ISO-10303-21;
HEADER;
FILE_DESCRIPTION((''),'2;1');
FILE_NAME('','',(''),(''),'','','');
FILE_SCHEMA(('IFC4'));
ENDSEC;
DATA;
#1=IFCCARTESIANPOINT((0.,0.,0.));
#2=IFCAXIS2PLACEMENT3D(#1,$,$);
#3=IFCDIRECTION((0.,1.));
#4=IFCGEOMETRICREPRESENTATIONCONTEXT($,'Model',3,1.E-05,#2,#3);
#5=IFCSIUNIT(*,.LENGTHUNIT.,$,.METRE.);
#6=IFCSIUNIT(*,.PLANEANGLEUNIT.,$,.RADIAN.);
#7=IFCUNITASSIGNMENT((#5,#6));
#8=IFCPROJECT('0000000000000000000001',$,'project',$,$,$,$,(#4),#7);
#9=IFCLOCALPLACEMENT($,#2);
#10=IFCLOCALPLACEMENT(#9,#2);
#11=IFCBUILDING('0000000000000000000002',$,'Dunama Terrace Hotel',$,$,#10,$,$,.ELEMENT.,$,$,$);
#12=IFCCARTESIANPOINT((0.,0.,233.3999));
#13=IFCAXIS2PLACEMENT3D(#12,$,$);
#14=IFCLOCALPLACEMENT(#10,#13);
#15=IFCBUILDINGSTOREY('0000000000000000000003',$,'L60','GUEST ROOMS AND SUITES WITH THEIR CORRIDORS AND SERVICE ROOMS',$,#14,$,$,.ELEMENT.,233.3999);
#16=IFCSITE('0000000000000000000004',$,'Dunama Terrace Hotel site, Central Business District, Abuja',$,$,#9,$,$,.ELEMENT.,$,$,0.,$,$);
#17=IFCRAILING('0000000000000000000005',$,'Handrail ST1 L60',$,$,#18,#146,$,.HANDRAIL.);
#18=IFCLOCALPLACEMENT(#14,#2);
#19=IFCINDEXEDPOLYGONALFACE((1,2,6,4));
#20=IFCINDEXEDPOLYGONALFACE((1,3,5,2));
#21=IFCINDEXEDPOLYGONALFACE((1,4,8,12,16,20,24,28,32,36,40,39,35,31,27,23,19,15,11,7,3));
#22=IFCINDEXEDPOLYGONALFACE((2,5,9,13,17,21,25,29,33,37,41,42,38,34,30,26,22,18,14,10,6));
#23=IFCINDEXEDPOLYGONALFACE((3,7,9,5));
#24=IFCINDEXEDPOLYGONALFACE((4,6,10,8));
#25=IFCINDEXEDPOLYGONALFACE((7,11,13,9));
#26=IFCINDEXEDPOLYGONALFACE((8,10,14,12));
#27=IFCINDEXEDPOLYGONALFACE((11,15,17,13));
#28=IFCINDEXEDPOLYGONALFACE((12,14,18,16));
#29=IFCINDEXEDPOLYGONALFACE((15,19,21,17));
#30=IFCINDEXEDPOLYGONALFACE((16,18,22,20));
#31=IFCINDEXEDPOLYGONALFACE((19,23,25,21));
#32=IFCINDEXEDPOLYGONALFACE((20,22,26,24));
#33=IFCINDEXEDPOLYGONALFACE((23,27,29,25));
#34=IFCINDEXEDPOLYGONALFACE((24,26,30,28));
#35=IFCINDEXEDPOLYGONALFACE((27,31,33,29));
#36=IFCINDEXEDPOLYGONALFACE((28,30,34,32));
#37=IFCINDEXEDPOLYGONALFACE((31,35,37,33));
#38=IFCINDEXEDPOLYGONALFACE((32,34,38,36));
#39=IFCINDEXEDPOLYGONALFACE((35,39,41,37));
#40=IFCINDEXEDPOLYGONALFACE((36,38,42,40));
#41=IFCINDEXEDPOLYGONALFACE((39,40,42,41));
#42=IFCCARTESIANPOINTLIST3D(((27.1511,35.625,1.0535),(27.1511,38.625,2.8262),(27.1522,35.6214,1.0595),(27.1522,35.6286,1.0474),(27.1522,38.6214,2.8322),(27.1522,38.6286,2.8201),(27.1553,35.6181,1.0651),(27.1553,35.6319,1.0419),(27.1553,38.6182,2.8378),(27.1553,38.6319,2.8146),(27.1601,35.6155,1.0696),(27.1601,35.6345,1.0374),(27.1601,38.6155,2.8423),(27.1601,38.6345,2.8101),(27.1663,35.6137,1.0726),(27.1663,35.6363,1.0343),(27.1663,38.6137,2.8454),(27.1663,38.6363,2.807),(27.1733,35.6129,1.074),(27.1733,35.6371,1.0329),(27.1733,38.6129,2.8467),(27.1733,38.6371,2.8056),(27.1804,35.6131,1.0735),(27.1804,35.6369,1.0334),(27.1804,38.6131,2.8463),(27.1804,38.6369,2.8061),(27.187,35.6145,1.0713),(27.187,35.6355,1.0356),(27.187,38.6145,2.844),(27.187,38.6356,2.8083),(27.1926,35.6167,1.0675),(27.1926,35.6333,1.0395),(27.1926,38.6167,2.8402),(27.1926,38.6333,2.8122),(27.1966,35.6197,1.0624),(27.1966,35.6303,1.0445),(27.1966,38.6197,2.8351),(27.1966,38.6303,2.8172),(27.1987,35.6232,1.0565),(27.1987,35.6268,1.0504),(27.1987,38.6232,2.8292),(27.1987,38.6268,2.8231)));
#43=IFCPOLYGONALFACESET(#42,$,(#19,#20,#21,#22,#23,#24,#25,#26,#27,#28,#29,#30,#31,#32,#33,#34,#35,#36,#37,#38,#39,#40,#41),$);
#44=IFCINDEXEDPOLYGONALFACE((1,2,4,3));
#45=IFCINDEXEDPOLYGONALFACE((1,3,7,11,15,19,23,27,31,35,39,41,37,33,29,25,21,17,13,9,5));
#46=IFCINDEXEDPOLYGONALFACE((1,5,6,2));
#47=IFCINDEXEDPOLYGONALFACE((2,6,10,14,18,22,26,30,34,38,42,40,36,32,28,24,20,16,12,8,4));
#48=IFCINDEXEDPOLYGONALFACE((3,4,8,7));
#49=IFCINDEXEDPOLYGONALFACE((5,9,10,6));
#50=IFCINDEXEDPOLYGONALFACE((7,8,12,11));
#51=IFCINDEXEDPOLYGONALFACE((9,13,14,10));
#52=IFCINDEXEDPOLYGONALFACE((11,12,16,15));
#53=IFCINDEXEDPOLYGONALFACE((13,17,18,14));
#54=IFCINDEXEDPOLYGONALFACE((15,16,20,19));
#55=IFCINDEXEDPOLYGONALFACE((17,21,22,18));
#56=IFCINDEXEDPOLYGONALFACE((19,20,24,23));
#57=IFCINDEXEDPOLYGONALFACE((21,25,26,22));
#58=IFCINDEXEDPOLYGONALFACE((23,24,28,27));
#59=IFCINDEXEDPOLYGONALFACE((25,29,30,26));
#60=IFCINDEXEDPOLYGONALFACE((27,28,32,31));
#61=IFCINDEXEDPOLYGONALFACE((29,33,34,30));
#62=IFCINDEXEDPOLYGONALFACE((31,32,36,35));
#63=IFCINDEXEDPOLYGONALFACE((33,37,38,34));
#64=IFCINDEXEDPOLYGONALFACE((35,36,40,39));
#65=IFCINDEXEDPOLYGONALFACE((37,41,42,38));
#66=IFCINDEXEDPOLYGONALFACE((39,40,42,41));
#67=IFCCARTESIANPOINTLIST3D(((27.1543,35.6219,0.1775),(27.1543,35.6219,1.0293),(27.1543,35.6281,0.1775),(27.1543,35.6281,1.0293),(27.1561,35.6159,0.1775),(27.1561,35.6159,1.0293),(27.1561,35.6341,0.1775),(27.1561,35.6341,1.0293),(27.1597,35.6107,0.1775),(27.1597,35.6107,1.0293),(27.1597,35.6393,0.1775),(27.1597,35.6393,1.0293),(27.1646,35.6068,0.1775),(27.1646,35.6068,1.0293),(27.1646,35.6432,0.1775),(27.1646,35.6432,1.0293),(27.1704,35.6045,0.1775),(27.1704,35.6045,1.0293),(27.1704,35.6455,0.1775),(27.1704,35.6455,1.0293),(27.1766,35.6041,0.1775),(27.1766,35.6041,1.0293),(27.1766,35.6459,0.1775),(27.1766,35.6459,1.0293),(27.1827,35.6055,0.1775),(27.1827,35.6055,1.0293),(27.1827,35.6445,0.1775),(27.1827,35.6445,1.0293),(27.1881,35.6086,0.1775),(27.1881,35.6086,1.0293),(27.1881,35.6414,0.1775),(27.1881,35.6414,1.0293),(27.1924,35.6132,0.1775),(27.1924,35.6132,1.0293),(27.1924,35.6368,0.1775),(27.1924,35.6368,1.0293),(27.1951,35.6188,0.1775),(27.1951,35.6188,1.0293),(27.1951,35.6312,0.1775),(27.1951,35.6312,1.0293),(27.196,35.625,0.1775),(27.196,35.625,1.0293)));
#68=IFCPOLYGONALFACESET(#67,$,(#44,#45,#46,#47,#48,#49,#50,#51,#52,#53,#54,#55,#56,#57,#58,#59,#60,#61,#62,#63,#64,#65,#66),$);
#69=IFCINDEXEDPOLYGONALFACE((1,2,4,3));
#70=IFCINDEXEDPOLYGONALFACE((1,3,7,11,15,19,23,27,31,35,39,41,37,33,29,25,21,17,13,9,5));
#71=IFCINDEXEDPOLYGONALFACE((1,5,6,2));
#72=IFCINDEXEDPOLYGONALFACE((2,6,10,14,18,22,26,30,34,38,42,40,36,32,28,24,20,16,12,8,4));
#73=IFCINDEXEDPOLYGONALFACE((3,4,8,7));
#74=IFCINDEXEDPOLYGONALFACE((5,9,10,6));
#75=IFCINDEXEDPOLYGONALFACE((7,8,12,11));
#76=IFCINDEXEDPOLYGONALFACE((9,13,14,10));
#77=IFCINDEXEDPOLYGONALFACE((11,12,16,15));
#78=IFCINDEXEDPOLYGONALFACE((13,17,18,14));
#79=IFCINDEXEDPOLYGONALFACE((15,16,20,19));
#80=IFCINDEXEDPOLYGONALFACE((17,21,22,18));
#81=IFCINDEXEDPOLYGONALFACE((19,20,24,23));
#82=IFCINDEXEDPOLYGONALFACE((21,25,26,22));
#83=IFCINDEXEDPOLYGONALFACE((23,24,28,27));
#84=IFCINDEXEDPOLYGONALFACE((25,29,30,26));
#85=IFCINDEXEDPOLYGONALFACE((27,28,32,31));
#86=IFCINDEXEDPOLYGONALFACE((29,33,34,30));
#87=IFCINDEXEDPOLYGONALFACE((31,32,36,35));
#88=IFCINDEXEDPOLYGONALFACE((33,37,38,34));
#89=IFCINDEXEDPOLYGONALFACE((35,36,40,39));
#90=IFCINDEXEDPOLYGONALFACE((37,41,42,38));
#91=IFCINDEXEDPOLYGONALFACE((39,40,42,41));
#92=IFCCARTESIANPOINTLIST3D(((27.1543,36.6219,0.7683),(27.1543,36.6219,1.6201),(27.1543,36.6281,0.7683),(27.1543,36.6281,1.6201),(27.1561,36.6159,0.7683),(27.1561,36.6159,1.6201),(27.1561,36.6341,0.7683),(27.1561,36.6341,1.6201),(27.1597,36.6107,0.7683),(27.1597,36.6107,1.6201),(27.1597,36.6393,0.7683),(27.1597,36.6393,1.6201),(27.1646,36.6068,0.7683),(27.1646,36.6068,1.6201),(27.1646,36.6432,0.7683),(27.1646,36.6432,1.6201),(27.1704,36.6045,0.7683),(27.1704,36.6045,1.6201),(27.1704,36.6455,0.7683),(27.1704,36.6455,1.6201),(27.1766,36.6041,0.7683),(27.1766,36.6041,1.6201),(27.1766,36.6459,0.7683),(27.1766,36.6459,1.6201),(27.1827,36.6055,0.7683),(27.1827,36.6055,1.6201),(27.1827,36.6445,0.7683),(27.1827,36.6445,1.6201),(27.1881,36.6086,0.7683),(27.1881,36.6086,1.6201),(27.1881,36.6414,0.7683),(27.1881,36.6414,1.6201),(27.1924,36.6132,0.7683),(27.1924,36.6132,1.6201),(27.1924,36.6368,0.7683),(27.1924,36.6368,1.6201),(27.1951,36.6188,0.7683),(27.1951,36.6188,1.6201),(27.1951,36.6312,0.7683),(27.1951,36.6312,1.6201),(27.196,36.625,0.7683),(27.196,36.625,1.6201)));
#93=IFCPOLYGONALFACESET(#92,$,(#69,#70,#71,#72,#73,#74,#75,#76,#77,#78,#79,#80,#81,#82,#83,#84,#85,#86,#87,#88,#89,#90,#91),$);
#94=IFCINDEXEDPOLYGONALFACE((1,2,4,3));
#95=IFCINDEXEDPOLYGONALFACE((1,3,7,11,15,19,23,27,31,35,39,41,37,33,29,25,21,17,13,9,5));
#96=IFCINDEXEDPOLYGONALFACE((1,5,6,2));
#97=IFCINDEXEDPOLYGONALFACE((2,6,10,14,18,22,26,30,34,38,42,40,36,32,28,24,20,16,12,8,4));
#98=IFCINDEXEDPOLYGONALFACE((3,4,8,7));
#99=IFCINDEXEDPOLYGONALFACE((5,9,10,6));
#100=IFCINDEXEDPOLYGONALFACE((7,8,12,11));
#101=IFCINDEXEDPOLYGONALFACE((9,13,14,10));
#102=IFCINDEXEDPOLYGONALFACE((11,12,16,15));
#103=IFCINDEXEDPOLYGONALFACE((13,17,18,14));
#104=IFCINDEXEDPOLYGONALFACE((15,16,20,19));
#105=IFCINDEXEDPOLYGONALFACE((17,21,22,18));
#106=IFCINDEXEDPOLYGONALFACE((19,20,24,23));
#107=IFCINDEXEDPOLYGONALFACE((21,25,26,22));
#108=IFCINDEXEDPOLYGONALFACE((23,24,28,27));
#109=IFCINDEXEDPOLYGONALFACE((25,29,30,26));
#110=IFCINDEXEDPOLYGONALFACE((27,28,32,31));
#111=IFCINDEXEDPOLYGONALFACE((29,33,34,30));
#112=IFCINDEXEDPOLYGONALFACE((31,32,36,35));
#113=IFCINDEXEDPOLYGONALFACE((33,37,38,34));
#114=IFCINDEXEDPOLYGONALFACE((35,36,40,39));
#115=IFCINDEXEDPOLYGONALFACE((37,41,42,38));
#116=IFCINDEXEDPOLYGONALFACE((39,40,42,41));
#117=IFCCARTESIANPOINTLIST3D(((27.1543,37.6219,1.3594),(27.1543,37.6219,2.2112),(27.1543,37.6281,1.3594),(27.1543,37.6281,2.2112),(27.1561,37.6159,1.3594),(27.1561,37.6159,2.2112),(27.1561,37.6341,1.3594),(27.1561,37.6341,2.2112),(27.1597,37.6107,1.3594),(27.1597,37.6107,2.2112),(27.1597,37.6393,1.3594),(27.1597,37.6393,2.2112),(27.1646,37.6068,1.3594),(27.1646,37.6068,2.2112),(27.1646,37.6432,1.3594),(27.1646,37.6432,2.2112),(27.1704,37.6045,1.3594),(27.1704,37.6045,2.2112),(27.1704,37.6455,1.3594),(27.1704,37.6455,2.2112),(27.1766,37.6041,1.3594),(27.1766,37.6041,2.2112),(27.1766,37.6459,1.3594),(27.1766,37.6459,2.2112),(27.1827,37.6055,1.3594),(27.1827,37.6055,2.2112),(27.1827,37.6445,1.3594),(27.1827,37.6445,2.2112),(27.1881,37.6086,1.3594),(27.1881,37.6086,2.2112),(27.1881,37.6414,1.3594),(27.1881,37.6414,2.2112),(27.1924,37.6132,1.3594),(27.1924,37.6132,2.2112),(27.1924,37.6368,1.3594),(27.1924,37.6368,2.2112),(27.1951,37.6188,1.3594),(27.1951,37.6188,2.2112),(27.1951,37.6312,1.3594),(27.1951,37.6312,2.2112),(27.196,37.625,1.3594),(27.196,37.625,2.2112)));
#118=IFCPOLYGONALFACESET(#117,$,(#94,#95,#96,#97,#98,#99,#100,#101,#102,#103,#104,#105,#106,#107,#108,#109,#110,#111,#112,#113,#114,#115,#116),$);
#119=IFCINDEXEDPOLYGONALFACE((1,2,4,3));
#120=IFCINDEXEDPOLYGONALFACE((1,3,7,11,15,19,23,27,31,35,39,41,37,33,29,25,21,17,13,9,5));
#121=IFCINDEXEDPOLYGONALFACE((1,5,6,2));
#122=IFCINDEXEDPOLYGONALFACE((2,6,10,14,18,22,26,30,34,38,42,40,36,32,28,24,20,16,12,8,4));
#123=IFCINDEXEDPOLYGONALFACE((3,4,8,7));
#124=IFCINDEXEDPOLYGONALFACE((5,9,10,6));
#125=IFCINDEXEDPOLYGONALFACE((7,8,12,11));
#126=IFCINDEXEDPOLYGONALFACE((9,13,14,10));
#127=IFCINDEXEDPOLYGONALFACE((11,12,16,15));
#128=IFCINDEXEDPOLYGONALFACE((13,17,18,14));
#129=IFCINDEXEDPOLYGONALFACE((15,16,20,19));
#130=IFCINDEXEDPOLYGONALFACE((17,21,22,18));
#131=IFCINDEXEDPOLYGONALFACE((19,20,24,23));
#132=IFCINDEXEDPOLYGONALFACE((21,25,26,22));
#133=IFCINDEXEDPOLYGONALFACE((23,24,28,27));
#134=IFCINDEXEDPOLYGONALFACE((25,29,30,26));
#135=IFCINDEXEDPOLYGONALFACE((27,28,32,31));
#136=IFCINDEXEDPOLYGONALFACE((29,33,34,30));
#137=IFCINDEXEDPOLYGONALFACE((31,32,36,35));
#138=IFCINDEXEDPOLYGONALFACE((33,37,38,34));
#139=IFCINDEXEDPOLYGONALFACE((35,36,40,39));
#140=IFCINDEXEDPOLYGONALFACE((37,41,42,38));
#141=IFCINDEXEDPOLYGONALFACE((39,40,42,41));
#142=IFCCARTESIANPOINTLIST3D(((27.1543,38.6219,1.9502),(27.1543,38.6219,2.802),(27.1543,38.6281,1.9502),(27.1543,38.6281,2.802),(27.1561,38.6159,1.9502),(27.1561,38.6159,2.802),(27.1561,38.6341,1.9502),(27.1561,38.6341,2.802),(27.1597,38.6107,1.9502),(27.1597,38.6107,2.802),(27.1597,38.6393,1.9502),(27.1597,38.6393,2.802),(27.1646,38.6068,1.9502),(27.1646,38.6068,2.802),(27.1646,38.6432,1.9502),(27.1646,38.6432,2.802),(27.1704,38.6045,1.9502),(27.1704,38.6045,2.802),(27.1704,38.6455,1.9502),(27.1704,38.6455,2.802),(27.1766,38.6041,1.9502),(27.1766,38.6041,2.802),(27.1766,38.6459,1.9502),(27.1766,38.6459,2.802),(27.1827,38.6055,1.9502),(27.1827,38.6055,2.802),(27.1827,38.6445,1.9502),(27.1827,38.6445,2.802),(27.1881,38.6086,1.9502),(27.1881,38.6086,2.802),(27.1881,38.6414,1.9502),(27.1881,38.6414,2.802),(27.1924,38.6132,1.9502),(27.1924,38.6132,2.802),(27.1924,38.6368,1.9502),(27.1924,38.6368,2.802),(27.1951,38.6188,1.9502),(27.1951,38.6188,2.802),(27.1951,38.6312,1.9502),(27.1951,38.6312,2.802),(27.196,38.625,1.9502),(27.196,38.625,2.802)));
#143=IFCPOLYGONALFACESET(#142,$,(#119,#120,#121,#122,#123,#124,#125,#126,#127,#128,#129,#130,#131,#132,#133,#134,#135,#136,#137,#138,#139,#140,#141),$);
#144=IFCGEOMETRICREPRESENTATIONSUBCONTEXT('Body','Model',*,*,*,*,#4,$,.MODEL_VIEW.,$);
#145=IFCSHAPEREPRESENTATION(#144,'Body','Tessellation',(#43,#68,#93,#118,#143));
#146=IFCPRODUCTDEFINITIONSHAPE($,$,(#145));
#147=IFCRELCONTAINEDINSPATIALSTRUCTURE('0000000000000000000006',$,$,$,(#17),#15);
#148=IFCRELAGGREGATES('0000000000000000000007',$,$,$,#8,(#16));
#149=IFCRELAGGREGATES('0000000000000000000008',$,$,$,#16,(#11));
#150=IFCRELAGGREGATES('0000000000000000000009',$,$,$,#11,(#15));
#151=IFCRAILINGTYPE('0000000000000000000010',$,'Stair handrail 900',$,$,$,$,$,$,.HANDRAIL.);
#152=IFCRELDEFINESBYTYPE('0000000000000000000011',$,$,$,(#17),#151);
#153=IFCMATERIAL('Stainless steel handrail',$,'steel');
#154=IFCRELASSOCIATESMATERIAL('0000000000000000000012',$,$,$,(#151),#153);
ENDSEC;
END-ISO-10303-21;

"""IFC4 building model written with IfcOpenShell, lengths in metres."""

from ifc_helpers import new_model, si_unit, direction, frame, origin, origin_2d, place, context, subcontext, project, spatial, circle, extrude, material, type_object, element, save


model = new_model("IFC4")

# Units and contexts
model_context = context("Model", 3, precision=1e-05, world=origin(), true_north=direction((0.0, 1.0)))
body_context = subcontext(model_context, "Body", "Model", "MODEL_VIEW")
ifc_project = project(units=[si_unit("LENGTHUNIT", "METRE"), si_unit("PLANEANGLEUNIT", "RADIAN")], contexts=[model_context])

# Site, building, storey
site_placement = place(None, origin())
site = spatial("IfcSite", under=ifc_project, at=site_placement, Name="Dunama Terrace Hotel site, Central Business District, Abuja", CompositionType="ELEMENT", RefElevation=0.0)
building_placement = place(site_placement, origin())
building = spatial("IfcBuilding", under=site, at=building_placement, Name="Dunama Terrace Hotel", CompositionType="ELEMENT")
storey_placement = place(building_placement, frame((0.0, 0.0, 233.3999)))
storey = spatial("IfcBuildingStorey", under=building, at=storey_placement, Name="L60", Description="GUEST ROOMS AND SUITES WITH THEIR CORRIDORS AND SERVICE ROOMS", CompositionType="ELEMENT", Elevation=233.3999)

# Railing
ifc_material_1 = material(Name="Stainless steel handrail", Category="steel")
railing_type = type_object("IfcRailingType", Name="Stair handrail 900", PredefinedType="HANDRAIL", material=ifc_material_1)
railing_1_placement = place(storey_placement, frame((27.175, 35.625, 0.1775)))
element("IfcRailing", 1, at=railing_1_placement, inside=storey, type_object=railing_type, Name="Handrail ST1 L60", PredefinedType="HANDRAIL", context=body_context, shape_type="SweptSolid", body=[
    extrude(circle(Radius=0.0239, at=origin_2d()), frame((0.0, 0.0, 0.876), z_axis=(0.0, 0.860929, 0.508725), x_axis=(-1.0, 0.0, 0.0)), (0.0, 0.0, 1.0), 3.4846),
    extrude(circle(Radius=0.021, at=origin_2d()), origin(), (0.0, 0.0, 1.0), 0.8518),
    extrude(circle(Radius=0.021, at=origin_2d()), frame((0.0, 1.0, 0.5908)), (0.0, 0.0, 1.0), 0.8518),
    extrude(circle(Radius=0.021, at=origin_2d()), frame((0.0, 2.0, 1.1819)), (0.0, 0.0, 1.0), 0.8518),
    extrude(circle(Radius=0.021, at=origin_2d()), frame((0.0, 3.0, 1.7727)), (0.0, 0.0, 1.0), 0.8518),
])

save(model, "model.ifc")
